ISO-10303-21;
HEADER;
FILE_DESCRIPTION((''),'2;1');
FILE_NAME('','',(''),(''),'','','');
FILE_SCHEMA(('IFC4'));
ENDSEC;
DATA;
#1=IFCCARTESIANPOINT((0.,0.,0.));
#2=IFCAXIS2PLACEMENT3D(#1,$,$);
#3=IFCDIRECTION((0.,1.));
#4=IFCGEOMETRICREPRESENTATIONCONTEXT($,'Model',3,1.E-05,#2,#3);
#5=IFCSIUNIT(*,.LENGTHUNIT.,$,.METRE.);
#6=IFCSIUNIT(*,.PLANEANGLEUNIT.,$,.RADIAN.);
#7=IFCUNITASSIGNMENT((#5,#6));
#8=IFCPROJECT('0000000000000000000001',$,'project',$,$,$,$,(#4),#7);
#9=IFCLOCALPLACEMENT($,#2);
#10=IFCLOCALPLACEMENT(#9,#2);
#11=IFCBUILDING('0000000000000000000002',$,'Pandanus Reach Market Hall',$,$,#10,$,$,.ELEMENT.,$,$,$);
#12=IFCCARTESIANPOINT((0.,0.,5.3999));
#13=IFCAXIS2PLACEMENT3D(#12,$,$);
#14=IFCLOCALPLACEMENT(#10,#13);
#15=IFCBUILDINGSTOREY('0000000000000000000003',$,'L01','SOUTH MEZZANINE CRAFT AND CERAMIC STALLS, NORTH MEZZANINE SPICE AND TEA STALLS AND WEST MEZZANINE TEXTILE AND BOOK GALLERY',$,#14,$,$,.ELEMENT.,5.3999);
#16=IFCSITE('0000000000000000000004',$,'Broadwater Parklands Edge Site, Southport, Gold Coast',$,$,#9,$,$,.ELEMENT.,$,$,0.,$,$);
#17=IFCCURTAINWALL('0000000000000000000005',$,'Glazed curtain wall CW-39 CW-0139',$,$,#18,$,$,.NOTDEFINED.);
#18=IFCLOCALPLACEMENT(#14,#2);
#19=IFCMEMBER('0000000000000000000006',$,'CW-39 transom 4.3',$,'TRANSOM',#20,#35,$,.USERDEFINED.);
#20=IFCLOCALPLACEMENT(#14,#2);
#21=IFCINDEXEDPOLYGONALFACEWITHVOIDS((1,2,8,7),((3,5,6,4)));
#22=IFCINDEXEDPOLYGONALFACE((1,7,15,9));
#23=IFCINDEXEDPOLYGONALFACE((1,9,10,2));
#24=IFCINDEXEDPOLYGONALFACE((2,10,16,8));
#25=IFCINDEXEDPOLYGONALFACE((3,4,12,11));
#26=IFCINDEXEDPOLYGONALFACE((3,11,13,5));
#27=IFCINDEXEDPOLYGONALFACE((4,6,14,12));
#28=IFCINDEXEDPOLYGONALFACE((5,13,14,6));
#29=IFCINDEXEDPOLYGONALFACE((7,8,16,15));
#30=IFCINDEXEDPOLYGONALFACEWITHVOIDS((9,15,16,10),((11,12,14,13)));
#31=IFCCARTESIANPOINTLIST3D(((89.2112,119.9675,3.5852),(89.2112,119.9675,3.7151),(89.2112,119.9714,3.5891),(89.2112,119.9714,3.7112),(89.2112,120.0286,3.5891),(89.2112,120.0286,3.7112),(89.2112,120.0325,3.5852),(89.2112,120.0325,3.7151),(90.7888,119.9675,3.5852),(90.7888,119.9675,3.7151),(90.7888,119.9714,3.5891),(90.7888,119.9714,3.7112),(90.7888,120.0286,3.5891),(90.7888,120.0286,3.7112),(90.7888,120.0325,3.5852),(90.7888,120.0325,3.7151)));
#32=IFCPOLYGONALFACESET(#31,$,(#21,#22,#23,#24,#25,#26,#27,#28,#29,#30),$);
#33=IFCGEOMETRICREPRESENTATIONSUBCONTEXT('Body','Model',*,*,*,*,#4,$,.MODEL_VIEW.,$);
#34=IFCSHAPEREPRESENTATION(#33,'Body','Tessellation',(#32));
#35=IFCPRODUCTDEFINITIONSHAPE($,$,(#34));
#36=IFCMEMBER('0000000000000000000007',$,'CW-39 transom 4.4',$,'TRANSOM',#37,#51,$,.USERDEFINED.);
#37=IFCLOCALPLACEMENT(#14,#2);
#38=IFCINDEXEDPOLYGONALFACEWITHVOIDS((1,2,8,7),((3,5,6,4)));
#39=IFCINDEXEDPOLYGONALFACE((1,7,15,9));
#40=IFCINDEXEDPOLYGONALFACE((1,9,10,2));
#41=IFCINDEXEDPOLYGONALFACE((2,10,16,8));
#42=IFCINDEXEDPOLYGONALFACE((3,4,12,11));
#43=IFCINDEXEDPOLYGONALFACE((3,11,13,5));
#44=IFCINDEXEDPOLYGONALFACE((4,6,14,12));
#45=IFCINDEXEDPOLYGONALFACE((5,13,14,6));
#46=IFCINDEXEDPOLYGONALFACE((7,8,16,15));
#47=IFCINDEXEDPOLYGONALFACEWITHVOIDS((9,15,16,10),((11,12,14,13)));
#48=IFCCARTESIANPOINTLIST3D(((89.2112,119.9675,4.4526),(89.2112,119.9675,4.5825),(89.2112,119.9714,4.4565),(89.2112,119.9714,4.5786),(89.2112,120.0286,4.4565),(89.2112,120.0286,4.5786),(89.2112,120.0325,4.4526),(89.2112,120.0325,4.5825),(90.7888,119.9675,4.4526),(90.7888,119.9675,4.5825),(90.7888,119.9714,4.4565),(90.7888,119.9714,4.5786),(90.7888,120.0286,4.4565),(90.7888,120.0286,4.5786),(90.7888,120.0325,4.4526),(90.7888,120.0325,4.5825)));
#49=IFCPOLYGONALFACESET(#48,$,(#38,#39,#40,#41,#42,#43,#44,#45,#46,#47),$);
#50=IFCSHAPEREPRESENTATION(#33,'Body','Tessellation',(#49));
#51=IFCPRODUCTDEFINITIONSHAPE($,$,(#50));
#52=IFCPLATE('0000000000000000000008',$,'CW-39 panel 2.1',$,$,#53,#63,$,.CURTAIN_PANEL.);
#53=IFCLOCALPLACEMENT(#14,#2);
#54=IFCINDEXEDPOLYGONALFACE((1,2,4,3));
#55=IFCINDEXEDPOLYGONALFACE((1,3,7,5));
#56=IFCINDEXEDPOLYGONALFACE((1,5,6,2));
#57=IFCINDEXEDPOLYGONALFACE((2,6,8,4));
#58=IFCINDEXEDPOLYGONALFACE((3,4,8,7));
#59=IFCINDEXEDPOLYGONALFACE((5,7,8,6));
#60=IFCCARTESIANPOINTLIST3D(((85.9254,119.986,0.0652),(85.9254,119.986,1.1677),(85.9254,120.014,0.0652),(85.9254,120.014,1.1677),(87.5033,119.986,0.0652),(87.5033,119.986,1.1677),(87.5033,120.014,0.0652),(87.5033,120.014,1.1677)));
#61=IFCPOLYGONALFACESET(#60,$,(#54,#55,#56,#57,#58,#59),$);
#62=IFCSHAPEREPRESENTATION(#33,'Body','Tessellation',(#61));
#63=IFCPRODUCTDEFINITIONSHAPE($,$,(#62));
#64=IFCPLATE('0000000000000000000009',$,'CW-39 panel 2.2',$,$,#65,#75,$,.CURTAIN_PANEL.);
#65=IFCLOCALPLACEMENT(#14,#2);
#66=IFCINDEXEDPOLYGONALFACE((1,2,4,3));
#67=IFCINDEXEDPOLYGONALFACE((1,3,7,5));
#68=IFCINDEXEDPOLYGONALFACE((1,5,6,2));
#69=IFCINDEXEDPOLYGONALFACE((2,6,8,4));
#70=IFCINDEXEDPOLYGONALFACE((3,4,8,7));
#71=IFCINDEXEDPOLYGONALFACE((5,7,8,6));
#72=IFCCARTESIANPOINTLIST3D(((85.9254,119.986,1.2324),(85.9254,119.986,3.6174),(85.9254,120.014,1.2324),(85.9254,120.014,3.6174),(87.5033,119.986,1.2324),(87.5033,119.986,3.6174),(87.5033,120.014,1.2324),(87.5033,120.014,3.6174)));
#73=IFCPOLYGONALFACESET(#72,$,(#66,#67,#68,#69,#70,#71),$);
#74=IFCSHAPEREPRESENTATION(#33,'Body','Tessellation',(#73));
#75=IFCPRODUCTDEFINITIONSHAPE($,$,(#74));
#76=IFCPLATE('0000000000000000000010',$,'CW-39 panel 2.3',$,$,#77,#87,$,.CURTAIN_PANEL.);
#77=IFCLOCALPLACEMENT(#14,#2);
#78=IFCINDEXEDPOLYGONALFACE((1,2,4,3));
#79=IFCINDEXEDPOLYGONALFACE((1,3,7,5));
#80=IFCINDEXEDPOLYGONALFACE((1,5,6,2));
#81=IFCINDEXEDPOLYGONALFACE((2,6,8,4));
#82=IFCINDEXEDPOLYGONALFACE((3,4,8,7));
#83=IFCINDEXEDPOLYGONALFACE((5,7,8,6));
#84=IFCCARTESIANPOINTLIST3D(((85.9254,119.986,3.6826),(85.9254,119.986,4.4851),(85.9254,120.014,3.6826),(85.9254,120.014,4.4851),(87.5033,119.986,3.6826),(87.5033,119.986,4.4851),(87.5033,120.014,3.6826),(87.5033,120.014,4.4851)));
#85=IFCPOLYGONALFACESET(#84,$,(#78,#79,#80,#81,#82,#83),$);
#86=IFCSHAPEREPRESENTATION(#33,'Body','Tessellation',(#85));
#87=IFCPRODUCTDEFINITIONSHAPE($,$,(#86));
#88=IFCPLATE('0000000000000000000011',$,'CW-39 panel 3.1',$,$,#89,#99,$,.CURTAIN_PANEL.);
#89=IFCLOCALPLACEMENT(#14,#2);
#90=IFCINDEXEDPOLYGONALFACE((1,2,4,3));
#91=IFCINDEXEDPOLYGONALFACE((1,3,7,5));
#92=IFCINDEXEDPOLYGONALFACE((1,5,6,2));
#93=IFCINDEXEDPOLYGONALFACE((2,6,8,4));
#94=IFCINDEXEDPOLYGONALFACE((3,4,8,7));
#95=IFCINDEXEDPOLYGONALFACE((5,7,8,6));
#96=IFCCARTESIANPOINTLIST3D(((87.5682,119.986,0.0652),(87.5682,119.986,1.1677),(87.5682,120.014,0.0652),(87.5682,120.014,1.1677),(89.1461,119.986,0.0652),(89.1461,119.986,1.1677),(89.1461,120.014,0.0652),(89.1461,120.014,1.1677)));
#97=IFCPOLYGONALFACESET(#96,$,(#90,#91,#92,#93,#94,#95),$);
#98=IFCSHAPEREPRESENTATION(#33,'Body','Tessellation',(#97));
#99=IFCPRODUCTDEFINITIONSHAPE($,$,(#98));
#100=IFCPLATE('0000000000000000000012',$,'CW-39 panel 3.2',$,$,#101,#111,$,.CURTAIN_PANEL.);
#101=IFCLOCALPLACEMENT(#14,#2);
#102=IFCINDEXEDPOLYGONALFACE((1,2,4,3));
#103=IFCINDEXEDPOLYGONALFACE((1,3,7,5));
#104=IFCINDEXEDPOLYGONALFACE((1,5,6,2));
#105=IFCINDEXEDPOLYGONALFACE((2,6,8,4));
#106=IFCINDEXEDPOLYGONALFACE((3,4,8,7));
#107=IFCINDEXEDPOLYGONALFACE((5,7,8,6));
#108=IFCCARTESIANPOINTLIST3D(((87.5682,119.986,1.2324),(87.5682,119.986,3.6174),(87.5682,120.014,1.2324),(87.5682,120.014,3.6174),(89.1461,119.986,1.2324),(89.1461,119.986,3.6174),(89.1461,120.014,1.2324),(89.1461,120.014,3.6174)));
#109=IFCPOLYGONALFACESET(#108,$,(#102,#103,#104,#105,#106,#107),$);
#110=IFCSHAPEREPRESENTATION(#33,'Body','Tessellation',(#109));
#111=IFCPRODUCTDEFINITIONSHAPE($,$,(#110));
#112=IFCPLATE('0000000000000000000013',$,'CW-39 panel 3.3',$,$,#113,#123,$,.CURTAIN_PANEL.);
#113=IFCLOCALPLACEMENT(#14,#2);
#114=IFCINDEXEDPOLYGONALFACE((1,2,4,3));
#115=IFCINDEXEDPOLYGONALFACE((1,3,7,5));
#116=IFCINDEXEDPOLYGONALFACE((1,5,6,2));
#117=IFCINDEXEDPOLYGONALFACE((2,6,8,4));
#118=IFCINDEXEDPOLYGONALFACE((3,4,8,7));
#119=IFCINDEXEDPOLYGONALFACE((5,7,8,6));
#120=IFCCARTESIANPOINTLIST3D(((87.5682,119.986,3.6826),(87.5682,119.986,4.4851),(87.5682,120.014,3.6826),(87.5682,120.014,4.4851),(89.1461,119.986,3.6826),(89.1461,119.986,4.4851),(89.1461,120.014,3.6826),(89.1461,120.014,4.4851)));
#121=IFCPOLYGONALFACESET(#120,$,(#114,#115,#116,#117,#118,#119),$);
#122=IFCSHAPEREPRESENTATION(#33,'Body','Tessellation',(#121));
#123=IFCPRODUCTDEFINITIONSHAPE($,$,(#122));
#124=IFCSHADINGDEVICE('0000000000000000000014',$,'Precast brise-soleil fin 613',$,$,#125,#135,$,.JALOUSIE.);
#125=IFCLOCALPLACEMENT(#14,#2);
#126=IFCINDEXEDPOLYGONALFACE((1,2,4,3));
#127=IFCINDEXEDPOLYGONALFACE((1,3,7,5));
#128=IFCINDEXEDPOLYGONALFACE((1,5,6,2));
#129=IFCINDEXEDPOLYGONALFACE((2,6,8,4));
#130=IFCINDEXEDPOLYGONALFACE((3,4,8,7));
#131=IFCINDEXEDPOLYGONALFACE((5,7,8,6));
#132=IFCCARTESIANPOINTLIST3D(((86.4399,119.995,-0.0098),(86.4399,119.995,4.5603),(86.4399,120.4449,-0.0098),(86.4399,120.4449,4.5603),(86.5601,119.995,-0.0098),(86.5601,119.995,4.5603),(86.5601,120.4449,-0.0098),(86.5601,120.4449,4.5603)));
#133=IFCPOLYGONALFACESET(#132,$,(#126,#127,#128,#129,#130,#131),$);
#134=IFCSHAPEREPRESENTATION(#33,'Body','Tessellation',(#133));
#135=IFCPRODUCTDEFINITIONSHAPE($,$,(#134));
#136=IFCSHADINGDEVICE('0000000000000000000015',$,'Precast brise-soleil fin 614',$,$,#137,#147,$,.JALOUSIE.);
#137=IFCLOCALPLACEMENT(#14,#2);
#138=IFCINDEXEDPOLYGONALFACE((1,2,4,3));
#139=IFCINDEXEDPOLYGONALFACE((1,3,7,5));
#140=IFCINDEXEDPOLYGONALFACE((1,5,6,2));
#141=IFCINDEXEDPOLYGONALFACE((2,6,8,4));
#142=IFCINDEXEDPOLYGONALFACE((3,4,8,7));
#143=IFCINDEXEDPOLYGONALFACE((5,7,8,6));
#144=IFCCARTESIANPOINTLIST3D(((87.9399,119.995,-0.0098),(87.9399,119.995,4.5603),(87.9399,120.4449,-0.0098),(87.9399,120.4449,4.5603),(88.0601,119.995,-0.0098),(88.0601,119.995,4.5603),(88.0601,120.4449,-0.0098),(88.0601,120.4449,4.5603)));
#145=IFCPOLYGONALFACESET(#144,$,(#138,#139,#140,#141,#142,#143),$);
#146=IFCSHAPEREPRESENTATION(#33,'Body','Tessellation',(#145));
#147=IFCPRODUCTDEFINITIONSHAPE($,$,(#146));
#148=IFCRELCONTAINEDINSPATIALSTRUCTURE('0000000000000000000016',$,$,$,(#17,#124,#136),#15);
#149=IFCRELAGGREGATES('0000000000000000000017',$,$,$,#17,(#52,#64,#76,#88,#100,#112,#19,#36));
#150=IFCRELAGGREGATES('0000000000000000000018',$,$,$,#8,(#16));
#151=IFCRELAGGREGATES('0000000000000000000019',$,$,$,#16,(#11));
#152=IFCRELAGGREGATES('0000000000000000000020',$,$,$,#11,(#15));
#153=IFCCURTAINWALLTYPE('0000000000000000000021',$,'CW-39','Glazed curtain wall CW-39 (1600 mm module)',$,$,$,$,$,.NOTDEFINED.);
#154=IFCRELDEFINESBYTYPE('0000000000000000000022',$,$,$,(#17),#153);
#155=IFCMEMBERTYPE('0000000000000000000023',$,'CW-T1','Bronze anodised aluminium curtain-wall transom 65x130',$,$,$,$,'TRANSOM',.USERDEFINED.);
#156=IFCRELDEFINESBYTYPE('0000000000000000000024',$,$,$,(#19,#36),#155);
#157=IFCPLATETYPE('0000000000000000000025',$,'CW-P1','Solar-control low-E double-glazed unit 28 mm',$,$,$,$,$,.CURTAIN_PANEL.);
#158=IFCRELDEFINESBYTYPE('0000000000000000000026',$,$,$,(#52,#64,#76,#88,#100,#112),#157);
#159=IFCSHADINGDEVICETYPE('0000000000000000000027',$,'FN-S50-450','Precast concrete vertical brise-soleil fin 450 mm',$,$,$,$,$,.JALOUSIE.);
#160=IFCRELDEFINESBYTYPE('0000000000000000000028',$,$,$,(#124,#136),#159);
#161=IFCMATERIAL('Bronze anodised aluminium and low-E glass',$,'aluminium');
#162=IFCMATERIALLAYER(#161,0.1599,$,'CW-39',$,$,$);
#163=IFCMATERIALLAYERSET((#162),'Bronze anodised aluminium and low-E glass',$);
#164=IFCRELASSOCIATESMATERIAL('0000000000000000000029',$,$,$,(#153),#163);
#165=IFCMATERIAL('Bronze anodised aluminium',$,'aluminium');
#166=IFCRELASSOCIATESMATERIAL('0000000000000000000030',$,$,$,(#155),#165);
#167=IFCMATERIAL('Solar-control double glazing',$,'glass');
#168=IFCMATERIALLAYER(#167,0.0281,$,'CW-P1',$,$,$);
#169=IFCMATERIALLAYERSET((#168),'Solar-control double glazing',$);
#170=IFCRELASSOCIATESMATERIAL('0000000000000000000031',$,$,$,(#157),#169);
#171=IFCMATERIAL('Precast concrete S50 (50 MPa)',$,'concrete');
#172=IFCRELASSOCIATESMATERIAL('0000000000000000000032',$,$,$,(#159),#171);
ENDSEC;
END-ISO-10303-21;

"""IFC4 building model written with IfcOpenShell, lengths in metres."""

from ifc_helpers import new_model, si_unit, direction, frame, origin, origin_2d, place, context, subcontext, project, spatial, rectangle, hollow_rectangle, extrude, material, layer, layer_set, material_profile, profile_set, type_object, element, aggregate, save


model = new_model("IFC4")

# Units and contexts
model_context = context("Model", 3, precision=1e-05, world=origin(), true_north=direction((0.0, 1.0)))
body_context = subcontext(model_context, "Body", "Model", "MODEL_VIEW")
ifc_project = project(units=[si_unit("LENGTHUNIT", "METRE"), si_unit("PLANEANGLEUNIT", "RADIAN")], contexts=[model_context])

# Site, building, storey
site_placement = place(None, origin())
site = spatial("IfcSite", under=ifc_project, at=site_placement, Name="Broadwater Parklands Edge Site, Southport, Gold Coast", CompositionType="ELEMENT", RefElevation=0.0)
building_placement = place(site_placement, origin())
building = spatial("IfcBuilding", under=site, at=building_placement, Name="Pandanus Reach Market Hall", CompositionType="ELEMENT")
storey_placement = place(building_placement, frame((0.0, 0.0, 5.3999)))
storey = spatial("IfcBuildingStorey", under=building, at=storey_placement, Name="L01", Description="SOUTH MEZZANINE CRAFT AND CERAMIC STALLS, NORTH MEZZANINE SPICE AND TEA STALLS AND WEST MEZZANINE TEXTILE AND BOOK GALLERY", CompositionType="ELEMENT", Elevation=5.3999)

# Curtain wall, members, plates
ifc_material_1 = material(Name="Bronze anodised aluminium and low-E glass", Category="aluminium")
ifc_layer_1 = layer(ifc_material_1, 0.1599, Name="CW-39")
ifc_layer_set_1 = layer_set([ifc_layer_1], Name="Bronze anodised aluminium and low-E glass")
curtain_wall_type = type_object("IfcCurtainWallType", Name="CW-39", Description="Glazed curtain wall CW-39 (1600 mm module)", PredefinedType="NOTDEFINED", material=ifc_layer_set_1)
curtain_wall_placement = place(storey_placement, origin())
curtain_wall = element("IfcCurtainWall", 1, at=curtain_wall_placement, inside=storey, type_object=curtain_wall_type, Name="Glazed curtain wall CW-39 CW-0139", PredefinedType="NOTDEFINED")
ifc_material_2 = material(Name="Bronze anodised aluminium", Category="aluminium")
ifc_material_profile_1 = material_profile(ifc_material_2, hollow_rectangle(XDim=0.0649, YDim=0.1299, WallThickness=0.0039, at=origin_2d()), Name="ALU65x130", Category="LoadBearing")
ifc_profile_set_1 = profile_set([ifc_material_profile_1], Name="Bronze anodised aluminium")
member_type_1 = type_object("IfcMemberType", Name="CW-T1", Description="Bronze anodised aluminium curtain-wall transom 65x130", ElementType="TRANSOM", PredefinedType="USERDEFINED", material=ifc_profile_set_1)
member_1_placement = place(storey_placement, frame((89.2112, 120.0, 3.6501), z_axis=(1.0, 0.0, 0.0), x_axis=(0.0, 1.0, 0.0)))
member_1 = element("IfcMember", 2, at=member_1_placement, type_object=member_type_1, Name="CW-39 transom 4.3", ObjectType="TRANSOM", PredefinedType="USERDEFINED", context=body_context, shape_type="SweptSolid", body=[
    extrude(hollow_rectangle(XDim=0.0649, YDim=0.1299, WallThickness=0.0039, at=origin_2d()), origin(), (0.0, 0.0, 1.0), 1.5776),
])
member_2_placement = place(storey_placement, frame((89.2112, 120.0, 4.5176), z_axis=(1.0, 0.0, 0.0), x_axis=(0.0, 1.0, 0.0)))
member_2 = element("IfcMember", 3, at=member_2_placement, type_object=member_type_1, Name="CW-39 transom 4.4", ObjectType="TRANSOM", PredefinedType="USERDEFINED", context=body_context, shape_type="SweptSolid", body=[
    extrude(hollow_rectangle(XDim=0.0649, YDim=0.1299, WallThickness=0.0039, at=origin_2d()), origin(), (0.0, 0.0, 1.0), 1.5776),
])
ifc_material_3 = material(Name="Solar-control double glazing", Category="glass")
ifc_layer_2 = layer(ifc_material_3, 0.0281, Name="CW-P1")
ifc_layer_set_2 = layer_set([ifc_layer_2], Name="Solar-control double glazing")
plate_type = type_object("IfcPlateType", Name="CW-P1", Description="Solar-control low-E double-glazed unit 28 mm", PredefinedType="CURTAIN_PANEL", material=ifc_layer_set_2)
plate_1_placement = place(storey_placement, frame((86.7144, 120.0, 0.0652), z_axis=(0.0, 0.0, 1.0), x_axis=(1.0, 0.0, 0.0)))
plate_1 = element("IfcPlate", 4, at=plate_1_placement, type_object=plate_type, Name="CW-39 panel 2.1", PredefinedType="CURTAIN_PANEL", context=body_context, shape_type="SweptSolid", body=[
    extrude(rectangle(XDim=1.5779, YDim=0.0281, at=origin_2d()), origin(), (0.0, 0.0, 1.0), 1.1025),
])
plate_2_placement = place(storey_placement, frame((86.7144, 120.0, 1.2324), z_axis=(0.0, 0.0, 1.0), x_axis=(1.0, 0.0, 0.0)))
plate_2 = element("IfcPlate", 5, at=plate_2_placement, type_object=plate_type, Name="CW-39 panel 2.2", PredefinedType="CURTAIN_PANEL", context=body_context, shape_type="SweptSolid", body=[
    extrude(rectangle(XDim=1.5779, YDim=0.0281, at=origin_2d()), origin(), (0.0, 0.0, 1.0), 2.385),
])
plate_3_placement = place(storey_placement, frame((86.7144, 120.0, 3.6826), z_axis=(0.0, 0.0, 1.0), x_axis=(1.0, 0.0, 0.0)))
plate_3 = element("IfcPlate", 6, at=plate_3_placement, type_object=plate_type, Name="CW-39 panel 2.3", PredefinedType="CURTAIN_PANEL", context=body_context, shape_type="SweptSolid", body=[
    extrude(rectangle(XDim=1.5779, YDim=0.0281, at=origin_2d()), origin(), (0.0, 0.0, 1.0), 0.8025),
])
plate_4_placement = place(storey_placement, frame((88.3572, 120.0, 0.0652), z_axis=(0.0, 0.0, 1.0), x_axis=(1.0, 0.0, 0.0)))
plate_4 = element("IfcPlate", 7, at=plate_4_placement, type_object=plate_type, Name="CW-39 panel 3.1", PredefinedType="CURTAIN_PANEL", context=body_context, shape_type="SweptSolid", body=[
    extrude(rectangle(XDim=1.5779, YDim=0.0281, at=origin_2d()), origin(), (0.0, 0.0, 1.0), 1.1025),
])
plate_5_placement = place(storey_placement, frame((88.3572, 120.0, 1.2324), z_axis=(0.0, 0.0, 1.0), x_axis=(1.0, 0.0, 0.0)))
plate_5 = element("IfcPlate", 8, at=plate_5_placement, type_object=plate_type, Name="CW-39 panel 3.2", PredefinedType="CURTAIN_PANEL", context=body_context, shape_type="SweptSolid", body=[
    extrude(rectangle(XDim=1.5779, YDim=0.0281, at=origin_2d()), origin(), (0.0, 0.0, 1.0), 2.385),
])
plate_6_placement = place(storey_placement, frame((88.3572, 120.0, 3.6826), z_axis=(0.0, 0.0, 1.0), x_axis=(1.0, 0.0, 0.0)))
plate_6 = element("IfcPlate", 9, at=plate_6_placement, type_object=plate_type, Name="CW-39 panel 3.3", PredefinedType="CURTAIN_PANEL", context=body_context, shape_type="SweptSolid", body=[
    extrude(rectangle(XDim=1.5779, YDim=0.0281, at=origin_2d()), origin(), (0.0, 0.0, 1.0), 0.8025),
])
aggregate(curtain_wall, [plate_1, plate_2, plate_3, plate_4, plate_5, plate_6, member_1, member_2])

# Shading devices
ifc_material_4 = material(Name="Precast concrete S50 (50 MPa)", Category="concrete")
shading_device_type = type_object("IfcShadingDeviceType", Name="FN-S50-450", Description="Precast concrete vertical brise-soleil fin 450 mm", PredefinedType="JALOUSIE", material=ifc_material_4)
for number, where, z_axis, x_axis, name in (
    (10, (86.5, 120.22, -0.0098), (0.0, 0.0, 1.0), (0.0, 1.0, 0.0), "Precast brise-soleil fin 613"),
    (11, (88.0, 120.22, -0.0098), (0.0, 0.0, 1.0), (0.0, 1.0, 0.0), "Precast brise-soleil fin 614"),
):
    element("IfcShadingDevice", number, at=place(storey_placement, frame(where, z_axis=z_axis, x_axis=x_axis)), inside=storey, type_object=shading_device_type, Name=name, PredefinedType="JALOUSIE", context=body_context, shape_type="SweptSolid", body=[
        extrude(rectangle(XDim=0.45, YDim=0.1201, at=origin_2d()), origin(), (0.0, 0.0, 1.0), 4.5701),
    ])

save(model, "model.ifc")
